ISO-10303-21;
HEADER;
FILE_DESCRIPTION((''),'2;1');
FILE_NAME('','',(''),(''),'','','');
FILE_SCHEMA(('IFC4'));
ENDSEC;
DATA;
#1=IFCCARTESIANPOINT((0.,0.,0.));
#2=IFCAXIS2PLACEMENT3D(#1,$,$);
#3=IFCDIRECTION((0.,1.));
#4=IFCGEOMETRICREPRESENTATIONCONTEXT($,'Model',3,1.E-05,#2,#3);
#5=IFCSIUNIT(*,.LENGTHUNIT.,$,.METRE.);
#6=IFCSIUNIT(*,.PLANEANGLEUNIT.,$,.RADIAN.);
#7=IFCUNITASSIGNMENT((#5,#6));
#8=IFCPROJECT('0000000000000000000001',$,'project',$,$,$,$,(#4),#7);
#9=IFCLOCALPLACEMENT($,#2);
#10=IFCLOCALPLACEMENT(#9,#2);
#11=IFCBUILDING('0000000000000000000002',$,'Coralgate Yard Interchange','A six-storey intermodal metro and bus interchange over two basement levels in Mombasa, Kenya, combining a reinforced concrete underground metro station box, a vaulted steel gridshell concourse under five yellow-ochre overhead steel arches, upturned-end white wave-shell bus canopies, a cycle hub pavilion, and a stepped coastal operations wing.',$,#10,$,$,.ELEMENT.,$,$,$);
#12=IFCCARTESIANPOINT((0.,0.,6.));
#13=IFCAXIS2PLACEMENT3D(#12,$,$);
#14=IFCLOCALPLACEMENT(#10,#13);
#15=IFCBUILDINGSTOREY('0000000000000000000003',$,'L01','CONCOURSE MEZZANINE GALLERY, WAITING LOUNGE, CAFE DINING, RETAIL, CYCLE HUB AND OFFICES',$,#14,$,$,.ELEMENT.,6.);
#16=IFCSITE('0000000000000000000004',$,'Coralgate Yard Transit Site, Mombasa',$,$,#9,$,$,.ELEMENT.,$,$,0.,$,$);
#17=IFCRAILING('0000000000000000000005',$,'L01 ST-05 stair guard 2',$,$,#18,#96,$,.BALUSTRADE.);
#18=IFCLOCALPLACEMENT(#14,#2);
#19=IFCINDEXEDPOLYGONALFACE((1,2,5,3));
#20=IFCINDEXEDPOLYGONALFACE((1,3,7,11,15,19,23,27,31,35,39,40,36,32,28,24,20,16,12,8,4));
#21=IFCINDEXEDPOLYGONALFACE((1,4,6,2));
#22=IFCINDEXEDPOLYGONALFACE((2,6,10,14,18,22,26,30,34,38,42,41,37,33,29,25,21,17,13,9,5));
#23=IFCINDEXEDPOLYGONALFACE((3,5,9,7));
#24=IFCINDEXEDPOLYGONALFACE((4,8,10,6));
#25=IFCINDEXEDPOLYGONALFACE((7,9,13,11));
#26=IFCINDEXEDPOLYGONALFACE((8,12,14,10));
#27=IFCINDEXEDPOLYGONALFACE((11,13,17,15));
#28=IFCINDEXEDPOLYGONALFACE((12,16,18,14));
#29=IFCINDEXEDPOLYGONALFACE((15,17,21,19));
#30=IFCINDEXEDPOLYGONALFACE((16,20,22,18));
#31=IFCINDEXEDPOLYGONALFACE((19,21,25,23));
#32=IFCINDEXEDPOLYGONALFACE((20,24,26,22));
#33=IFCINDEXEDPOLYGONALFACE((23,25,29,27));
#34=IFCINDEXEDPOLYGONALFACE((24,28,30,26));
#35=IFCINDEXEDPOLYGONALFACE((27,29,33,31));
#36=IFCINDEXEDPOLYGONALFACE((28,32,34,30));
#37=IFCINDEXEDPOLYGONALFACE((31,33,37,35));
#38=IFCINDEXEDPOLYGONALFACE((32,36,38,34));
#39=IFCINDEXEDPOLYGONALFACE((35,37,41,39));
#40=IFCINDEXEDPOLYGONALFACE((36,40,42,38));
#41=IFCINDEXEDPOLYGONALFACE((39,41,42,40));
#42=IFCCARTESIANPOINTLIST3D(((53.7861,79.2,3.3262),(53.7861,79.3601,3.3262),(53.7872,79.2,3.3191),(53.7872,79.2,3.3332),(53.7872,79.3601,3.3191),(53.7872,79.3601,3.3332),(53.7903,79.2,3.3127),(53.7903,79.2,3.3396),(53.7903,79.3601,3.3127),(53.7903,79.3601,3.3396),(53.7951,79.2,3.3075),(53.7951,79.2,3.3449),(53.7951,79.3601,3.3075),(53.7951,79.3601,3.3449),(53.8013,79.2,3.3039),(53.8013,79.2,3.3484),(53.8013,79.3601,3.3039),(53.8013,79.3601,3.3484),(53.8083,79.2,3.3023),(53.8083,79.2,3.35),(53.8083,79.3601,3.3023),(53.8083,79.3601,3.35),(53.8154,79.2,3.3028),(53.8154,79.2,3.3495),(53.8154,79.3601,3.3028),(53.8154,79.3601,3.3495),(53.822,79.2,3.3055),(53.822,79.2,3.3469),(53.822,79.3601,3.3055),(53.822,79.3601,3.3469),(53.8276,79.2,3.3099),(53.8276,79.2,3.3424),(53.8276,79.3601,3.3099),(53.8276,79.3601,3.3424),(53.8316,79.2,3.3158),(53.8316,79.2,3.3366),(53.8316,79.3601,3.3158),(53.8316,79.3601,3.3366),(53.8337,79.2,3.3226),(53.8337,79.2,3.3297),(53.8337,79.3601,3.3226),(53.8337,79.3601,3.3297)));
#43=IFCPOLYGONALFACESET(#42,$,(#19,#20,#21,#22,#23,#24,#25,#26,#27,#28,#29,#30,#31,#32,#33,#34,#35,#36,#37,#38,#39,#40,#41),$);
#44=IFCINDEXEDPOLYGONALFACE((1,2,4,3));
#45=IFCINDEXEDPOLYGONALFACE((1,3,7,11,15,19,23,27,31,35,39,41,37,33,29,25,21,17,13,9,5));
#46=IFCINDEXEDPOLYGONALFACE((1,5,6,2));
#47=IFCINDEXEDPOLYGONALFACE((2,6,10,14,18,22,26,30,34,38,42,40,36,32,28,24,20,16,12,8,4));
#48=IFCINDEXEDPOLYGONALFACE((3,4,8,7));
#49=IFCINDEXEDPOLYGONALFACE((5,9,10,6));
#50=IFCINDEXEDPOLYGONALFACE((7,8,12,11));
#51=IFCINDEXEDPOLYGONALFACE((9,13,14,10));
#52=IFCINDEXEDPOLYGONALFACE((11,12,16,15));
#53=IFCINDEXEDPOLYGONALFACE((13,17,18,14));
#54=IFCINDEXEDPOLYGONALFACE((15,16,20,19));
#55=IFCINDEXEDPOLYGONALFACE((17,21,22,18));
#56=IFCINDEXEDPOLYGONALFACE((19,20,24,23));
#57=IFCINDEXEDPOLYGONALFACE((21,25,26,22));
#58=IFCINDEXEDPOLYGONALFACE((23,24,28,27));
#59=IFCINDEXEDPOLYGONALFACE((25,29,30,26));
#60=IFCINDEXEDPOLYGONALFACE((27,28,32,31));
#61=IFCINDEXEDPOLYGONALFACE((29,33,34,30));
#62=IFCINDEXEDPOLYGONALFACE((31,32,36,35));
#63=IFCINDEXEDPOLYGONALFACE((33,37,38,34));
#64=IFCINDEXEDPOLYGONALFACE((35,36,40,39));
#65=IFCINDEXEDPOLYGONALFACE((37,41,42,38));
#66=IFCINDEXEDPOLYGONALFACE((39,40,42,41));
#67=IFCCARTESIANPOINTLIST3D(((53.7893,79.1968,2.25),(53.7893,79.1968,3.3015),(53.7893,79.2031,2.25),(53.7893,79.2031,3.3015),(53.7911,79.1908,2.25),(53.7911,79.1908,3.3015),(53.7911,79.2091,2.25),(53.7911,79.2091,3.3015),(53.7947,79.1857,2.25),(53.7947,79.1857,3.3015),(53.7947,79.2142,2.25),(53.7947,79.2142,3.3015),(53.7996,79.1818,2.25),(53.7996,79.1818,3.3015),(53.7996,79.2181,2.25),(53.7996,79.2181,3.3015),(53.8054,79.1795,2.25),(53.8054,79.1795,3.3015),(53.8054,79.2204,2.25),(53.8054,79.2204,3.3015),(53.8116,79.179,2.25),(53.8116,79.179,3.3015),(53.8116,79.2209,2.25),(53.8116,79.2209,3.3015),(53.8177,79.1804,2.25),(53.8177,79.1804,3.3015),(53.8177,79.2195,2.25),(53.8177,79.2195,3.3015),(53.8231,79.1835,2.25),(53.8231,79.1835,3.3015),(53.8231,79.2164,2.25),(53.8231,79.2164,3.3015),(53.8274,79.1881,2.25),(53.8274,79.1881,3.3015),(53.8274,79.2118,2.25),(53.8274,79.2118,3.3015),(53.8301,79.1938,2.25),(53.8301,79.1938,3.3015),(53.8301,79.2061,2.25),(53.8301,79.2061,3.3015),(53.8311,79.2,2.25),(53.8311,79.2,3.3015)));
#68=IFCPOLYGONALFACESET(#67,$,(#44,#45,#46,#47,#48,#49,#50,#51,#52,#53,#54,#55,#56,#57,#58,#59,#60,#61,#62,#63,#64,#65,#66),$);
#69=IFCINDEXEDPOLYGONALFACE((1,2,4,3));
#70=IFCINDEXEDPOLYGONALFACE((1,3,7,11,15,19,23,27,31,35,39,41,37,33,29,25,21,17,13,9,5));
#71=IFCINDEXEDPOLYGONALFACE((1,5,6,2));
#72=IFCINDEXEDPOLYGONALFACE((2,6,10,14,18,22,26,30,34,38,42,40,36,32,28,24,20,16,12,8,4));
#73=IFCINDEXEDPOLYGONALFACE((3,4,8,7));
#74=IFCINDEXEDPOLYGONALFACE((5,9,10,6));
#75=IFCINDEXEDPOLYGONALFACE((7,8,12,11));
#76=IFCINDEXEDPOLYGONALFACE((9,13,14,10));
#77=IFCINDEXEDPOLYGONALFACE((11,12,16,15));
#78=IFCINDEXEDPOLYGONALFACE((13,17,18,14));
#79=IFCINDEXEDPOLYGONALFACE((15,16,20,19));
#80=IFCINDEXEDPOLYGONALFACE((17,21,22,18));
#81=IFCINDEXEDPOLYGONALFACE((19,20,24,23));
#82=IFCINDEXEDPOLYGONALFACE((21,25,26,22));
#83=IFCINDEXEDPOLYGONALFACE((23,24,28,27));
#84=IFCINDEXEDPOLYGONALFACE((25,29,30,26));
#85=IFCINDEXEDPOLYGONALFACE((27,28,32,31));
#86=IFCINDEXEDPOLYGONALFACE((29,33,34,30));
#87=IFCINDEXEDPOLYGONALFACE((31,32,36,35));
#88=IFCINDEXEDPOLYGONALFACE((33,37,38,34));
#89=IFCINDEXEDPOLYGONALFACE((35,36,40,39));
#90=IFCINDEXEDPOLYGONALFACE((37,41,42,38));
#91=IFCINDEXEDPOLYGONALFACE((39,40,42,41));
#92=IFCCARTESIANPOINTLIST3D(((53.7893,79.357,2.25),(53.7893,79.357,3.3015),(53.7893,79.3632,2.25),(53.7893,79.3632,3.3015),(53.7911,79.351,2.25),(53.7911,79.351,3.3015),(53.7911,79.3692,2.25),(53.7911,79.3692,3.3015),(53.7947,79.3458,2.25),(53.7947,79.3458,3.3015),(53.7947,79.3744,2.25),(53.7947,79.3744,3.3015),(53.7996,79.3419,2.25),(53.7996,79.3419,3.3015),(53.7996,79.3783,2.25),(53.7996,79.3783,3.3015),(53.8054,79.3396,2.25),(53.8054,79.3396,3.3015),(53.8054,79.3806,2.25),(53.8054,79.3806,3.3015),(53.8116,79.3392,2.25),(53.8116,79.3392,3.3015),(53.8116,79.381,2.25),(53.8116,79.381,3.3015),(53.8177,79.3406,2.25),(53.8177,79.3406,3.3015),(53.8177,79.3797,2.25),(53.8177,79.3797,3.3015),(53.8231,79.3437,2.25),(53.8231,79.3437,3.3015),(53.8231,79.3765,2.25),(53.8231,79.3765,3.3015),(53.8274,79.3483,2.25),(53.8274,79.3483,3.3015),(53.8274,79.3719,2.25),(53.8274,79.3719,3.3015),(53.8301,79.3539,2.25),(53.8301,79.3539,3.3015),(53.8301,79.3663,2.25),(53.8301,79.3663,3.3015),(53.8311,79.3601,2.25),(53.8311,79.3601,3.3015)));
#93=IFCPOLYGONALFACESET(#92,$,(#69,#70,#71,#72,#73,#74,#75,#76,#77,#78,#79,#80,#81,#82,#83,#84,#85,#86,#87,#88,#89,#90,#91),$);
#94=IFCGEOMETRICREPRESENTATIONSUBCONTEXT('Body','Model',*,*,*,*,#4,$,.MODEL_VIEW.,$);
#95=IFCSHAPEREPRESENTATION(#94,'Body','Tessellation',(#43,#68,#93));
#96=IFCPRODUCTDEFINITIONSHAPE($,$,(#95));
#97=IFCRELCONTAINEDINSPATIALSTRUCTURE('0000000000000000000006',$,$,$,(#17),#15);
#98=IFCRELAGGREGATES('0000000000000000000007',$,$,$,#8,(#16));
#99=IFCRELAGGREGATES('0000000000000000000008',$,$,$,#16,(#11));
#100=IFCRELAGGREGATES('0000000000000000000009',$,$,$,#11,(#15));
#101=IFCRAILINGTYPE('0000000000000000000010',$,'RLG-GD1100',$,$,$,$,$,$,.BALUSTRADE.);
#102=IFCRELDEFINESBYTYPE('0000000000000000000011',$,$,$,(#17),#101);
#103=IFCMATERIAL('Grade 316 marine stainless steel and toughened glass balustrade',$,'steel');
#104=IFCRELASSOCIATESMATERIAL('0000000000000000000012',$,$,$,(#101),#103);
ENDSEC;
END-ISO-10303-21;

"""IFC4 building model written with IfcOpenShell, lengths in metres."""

from ifc_helpers import new_model, si_unit, direction, frame, origin, origin_2d, place, context, subcontext, project, spatial, circle, extrude, material, type_object, element, save


model = new_model("IFC4")

# Units and contexts
model_context = context("Model", 3, precision=1e-05, world=origin(), true_north=direction((0.0, 1.0)))
body_context = subcontext(model_context, "Body", "Model", "MODEL_VIEW")
ifc_project = project(units=[si_unit("LENGTHUNIT", "METRE"), si_unit("PLANEANGLEUNIT", "RADIAN")], contexts=[model_context])

# Site, building, storey
site_placement = place(None, origin())
site = spatial("IfcSite", under=ifc_project, at=site_placement, Name="Coralgate Yard Transit Site, Mombasa", CompositionType="ELEMENT", RefElevation=0.0)
building_placement = place(site_placement, origin())
building = spatial("IfcBuilding", under=site, at=building_placement, Name="Coralgate Yard Interchange", Description="A six-storey intermodal metro and bus interchange over two basement levels in Mombasa, Kenya, combining a reinforced concrete underground metro station box, a vaulted steel gridshell concourse under five yellow-ochre overhead steel arches, upturned-end white wave-shell bus canopies, a cycle hub pavilion, and a stepped coastal operations wing.", CompositionType="ELEMENT")
storey_placement = place(building_placement, frame((0.0, 0.0, 6.0)))
storey = spatial("IfcBuildingStorey", under=building, at=storey_placement, Name="L01", Description="CONCOURSE MEZZANINE GALLERY, WAITING LOUNGE, CAFE DINING, RETAIL, CYCLE HUB AND OFFICES", CompositionType="ELEMENT", Elevation=6.0)

# Railing
ifc_material_1 = material(Name="Grade 316 marine stainless steel and toughened glass balustrade", Category="steel")
railing_type_1 = type_object("IfcRailingType", Name="RLG-GD1100", PredefinedType="BALUSTRADE", material=ifc_material_1)
railing_1_placement = place(storey_placement, frame((53.8101, 79.2, 2.25)))
element("IfcRailing", 1, at=railing_1_placement, inside=storey, type_object=railing_type_1, Name="L01 ST-05 stair guard 2", PredefinedType="BALUSTRADE", context=body_context, shape_type="SweptSolid", body=[
    extrude(circle(Radius=0.0239, at=origin_2d()), frame((0.0, 0.0, 1.0762), z_axis=(0.0, 1.0, 0.0), x_axis=(-1.0, 0.0, 0.0)), (0.0, 0.0, 1.0), 0.1602),
    extrude(circle(Radius=0.021, at=origin_2d()), origin(), (0.0, 0.0, 1.0), 1.0515),
    extrude(circle(Radius=0.021, at=origin_2d()), frame((0.0, 0.1602, 0.0)), (0.0, 0.0, 1.0), 1.0515),
])

save(model, "model.ifc")
